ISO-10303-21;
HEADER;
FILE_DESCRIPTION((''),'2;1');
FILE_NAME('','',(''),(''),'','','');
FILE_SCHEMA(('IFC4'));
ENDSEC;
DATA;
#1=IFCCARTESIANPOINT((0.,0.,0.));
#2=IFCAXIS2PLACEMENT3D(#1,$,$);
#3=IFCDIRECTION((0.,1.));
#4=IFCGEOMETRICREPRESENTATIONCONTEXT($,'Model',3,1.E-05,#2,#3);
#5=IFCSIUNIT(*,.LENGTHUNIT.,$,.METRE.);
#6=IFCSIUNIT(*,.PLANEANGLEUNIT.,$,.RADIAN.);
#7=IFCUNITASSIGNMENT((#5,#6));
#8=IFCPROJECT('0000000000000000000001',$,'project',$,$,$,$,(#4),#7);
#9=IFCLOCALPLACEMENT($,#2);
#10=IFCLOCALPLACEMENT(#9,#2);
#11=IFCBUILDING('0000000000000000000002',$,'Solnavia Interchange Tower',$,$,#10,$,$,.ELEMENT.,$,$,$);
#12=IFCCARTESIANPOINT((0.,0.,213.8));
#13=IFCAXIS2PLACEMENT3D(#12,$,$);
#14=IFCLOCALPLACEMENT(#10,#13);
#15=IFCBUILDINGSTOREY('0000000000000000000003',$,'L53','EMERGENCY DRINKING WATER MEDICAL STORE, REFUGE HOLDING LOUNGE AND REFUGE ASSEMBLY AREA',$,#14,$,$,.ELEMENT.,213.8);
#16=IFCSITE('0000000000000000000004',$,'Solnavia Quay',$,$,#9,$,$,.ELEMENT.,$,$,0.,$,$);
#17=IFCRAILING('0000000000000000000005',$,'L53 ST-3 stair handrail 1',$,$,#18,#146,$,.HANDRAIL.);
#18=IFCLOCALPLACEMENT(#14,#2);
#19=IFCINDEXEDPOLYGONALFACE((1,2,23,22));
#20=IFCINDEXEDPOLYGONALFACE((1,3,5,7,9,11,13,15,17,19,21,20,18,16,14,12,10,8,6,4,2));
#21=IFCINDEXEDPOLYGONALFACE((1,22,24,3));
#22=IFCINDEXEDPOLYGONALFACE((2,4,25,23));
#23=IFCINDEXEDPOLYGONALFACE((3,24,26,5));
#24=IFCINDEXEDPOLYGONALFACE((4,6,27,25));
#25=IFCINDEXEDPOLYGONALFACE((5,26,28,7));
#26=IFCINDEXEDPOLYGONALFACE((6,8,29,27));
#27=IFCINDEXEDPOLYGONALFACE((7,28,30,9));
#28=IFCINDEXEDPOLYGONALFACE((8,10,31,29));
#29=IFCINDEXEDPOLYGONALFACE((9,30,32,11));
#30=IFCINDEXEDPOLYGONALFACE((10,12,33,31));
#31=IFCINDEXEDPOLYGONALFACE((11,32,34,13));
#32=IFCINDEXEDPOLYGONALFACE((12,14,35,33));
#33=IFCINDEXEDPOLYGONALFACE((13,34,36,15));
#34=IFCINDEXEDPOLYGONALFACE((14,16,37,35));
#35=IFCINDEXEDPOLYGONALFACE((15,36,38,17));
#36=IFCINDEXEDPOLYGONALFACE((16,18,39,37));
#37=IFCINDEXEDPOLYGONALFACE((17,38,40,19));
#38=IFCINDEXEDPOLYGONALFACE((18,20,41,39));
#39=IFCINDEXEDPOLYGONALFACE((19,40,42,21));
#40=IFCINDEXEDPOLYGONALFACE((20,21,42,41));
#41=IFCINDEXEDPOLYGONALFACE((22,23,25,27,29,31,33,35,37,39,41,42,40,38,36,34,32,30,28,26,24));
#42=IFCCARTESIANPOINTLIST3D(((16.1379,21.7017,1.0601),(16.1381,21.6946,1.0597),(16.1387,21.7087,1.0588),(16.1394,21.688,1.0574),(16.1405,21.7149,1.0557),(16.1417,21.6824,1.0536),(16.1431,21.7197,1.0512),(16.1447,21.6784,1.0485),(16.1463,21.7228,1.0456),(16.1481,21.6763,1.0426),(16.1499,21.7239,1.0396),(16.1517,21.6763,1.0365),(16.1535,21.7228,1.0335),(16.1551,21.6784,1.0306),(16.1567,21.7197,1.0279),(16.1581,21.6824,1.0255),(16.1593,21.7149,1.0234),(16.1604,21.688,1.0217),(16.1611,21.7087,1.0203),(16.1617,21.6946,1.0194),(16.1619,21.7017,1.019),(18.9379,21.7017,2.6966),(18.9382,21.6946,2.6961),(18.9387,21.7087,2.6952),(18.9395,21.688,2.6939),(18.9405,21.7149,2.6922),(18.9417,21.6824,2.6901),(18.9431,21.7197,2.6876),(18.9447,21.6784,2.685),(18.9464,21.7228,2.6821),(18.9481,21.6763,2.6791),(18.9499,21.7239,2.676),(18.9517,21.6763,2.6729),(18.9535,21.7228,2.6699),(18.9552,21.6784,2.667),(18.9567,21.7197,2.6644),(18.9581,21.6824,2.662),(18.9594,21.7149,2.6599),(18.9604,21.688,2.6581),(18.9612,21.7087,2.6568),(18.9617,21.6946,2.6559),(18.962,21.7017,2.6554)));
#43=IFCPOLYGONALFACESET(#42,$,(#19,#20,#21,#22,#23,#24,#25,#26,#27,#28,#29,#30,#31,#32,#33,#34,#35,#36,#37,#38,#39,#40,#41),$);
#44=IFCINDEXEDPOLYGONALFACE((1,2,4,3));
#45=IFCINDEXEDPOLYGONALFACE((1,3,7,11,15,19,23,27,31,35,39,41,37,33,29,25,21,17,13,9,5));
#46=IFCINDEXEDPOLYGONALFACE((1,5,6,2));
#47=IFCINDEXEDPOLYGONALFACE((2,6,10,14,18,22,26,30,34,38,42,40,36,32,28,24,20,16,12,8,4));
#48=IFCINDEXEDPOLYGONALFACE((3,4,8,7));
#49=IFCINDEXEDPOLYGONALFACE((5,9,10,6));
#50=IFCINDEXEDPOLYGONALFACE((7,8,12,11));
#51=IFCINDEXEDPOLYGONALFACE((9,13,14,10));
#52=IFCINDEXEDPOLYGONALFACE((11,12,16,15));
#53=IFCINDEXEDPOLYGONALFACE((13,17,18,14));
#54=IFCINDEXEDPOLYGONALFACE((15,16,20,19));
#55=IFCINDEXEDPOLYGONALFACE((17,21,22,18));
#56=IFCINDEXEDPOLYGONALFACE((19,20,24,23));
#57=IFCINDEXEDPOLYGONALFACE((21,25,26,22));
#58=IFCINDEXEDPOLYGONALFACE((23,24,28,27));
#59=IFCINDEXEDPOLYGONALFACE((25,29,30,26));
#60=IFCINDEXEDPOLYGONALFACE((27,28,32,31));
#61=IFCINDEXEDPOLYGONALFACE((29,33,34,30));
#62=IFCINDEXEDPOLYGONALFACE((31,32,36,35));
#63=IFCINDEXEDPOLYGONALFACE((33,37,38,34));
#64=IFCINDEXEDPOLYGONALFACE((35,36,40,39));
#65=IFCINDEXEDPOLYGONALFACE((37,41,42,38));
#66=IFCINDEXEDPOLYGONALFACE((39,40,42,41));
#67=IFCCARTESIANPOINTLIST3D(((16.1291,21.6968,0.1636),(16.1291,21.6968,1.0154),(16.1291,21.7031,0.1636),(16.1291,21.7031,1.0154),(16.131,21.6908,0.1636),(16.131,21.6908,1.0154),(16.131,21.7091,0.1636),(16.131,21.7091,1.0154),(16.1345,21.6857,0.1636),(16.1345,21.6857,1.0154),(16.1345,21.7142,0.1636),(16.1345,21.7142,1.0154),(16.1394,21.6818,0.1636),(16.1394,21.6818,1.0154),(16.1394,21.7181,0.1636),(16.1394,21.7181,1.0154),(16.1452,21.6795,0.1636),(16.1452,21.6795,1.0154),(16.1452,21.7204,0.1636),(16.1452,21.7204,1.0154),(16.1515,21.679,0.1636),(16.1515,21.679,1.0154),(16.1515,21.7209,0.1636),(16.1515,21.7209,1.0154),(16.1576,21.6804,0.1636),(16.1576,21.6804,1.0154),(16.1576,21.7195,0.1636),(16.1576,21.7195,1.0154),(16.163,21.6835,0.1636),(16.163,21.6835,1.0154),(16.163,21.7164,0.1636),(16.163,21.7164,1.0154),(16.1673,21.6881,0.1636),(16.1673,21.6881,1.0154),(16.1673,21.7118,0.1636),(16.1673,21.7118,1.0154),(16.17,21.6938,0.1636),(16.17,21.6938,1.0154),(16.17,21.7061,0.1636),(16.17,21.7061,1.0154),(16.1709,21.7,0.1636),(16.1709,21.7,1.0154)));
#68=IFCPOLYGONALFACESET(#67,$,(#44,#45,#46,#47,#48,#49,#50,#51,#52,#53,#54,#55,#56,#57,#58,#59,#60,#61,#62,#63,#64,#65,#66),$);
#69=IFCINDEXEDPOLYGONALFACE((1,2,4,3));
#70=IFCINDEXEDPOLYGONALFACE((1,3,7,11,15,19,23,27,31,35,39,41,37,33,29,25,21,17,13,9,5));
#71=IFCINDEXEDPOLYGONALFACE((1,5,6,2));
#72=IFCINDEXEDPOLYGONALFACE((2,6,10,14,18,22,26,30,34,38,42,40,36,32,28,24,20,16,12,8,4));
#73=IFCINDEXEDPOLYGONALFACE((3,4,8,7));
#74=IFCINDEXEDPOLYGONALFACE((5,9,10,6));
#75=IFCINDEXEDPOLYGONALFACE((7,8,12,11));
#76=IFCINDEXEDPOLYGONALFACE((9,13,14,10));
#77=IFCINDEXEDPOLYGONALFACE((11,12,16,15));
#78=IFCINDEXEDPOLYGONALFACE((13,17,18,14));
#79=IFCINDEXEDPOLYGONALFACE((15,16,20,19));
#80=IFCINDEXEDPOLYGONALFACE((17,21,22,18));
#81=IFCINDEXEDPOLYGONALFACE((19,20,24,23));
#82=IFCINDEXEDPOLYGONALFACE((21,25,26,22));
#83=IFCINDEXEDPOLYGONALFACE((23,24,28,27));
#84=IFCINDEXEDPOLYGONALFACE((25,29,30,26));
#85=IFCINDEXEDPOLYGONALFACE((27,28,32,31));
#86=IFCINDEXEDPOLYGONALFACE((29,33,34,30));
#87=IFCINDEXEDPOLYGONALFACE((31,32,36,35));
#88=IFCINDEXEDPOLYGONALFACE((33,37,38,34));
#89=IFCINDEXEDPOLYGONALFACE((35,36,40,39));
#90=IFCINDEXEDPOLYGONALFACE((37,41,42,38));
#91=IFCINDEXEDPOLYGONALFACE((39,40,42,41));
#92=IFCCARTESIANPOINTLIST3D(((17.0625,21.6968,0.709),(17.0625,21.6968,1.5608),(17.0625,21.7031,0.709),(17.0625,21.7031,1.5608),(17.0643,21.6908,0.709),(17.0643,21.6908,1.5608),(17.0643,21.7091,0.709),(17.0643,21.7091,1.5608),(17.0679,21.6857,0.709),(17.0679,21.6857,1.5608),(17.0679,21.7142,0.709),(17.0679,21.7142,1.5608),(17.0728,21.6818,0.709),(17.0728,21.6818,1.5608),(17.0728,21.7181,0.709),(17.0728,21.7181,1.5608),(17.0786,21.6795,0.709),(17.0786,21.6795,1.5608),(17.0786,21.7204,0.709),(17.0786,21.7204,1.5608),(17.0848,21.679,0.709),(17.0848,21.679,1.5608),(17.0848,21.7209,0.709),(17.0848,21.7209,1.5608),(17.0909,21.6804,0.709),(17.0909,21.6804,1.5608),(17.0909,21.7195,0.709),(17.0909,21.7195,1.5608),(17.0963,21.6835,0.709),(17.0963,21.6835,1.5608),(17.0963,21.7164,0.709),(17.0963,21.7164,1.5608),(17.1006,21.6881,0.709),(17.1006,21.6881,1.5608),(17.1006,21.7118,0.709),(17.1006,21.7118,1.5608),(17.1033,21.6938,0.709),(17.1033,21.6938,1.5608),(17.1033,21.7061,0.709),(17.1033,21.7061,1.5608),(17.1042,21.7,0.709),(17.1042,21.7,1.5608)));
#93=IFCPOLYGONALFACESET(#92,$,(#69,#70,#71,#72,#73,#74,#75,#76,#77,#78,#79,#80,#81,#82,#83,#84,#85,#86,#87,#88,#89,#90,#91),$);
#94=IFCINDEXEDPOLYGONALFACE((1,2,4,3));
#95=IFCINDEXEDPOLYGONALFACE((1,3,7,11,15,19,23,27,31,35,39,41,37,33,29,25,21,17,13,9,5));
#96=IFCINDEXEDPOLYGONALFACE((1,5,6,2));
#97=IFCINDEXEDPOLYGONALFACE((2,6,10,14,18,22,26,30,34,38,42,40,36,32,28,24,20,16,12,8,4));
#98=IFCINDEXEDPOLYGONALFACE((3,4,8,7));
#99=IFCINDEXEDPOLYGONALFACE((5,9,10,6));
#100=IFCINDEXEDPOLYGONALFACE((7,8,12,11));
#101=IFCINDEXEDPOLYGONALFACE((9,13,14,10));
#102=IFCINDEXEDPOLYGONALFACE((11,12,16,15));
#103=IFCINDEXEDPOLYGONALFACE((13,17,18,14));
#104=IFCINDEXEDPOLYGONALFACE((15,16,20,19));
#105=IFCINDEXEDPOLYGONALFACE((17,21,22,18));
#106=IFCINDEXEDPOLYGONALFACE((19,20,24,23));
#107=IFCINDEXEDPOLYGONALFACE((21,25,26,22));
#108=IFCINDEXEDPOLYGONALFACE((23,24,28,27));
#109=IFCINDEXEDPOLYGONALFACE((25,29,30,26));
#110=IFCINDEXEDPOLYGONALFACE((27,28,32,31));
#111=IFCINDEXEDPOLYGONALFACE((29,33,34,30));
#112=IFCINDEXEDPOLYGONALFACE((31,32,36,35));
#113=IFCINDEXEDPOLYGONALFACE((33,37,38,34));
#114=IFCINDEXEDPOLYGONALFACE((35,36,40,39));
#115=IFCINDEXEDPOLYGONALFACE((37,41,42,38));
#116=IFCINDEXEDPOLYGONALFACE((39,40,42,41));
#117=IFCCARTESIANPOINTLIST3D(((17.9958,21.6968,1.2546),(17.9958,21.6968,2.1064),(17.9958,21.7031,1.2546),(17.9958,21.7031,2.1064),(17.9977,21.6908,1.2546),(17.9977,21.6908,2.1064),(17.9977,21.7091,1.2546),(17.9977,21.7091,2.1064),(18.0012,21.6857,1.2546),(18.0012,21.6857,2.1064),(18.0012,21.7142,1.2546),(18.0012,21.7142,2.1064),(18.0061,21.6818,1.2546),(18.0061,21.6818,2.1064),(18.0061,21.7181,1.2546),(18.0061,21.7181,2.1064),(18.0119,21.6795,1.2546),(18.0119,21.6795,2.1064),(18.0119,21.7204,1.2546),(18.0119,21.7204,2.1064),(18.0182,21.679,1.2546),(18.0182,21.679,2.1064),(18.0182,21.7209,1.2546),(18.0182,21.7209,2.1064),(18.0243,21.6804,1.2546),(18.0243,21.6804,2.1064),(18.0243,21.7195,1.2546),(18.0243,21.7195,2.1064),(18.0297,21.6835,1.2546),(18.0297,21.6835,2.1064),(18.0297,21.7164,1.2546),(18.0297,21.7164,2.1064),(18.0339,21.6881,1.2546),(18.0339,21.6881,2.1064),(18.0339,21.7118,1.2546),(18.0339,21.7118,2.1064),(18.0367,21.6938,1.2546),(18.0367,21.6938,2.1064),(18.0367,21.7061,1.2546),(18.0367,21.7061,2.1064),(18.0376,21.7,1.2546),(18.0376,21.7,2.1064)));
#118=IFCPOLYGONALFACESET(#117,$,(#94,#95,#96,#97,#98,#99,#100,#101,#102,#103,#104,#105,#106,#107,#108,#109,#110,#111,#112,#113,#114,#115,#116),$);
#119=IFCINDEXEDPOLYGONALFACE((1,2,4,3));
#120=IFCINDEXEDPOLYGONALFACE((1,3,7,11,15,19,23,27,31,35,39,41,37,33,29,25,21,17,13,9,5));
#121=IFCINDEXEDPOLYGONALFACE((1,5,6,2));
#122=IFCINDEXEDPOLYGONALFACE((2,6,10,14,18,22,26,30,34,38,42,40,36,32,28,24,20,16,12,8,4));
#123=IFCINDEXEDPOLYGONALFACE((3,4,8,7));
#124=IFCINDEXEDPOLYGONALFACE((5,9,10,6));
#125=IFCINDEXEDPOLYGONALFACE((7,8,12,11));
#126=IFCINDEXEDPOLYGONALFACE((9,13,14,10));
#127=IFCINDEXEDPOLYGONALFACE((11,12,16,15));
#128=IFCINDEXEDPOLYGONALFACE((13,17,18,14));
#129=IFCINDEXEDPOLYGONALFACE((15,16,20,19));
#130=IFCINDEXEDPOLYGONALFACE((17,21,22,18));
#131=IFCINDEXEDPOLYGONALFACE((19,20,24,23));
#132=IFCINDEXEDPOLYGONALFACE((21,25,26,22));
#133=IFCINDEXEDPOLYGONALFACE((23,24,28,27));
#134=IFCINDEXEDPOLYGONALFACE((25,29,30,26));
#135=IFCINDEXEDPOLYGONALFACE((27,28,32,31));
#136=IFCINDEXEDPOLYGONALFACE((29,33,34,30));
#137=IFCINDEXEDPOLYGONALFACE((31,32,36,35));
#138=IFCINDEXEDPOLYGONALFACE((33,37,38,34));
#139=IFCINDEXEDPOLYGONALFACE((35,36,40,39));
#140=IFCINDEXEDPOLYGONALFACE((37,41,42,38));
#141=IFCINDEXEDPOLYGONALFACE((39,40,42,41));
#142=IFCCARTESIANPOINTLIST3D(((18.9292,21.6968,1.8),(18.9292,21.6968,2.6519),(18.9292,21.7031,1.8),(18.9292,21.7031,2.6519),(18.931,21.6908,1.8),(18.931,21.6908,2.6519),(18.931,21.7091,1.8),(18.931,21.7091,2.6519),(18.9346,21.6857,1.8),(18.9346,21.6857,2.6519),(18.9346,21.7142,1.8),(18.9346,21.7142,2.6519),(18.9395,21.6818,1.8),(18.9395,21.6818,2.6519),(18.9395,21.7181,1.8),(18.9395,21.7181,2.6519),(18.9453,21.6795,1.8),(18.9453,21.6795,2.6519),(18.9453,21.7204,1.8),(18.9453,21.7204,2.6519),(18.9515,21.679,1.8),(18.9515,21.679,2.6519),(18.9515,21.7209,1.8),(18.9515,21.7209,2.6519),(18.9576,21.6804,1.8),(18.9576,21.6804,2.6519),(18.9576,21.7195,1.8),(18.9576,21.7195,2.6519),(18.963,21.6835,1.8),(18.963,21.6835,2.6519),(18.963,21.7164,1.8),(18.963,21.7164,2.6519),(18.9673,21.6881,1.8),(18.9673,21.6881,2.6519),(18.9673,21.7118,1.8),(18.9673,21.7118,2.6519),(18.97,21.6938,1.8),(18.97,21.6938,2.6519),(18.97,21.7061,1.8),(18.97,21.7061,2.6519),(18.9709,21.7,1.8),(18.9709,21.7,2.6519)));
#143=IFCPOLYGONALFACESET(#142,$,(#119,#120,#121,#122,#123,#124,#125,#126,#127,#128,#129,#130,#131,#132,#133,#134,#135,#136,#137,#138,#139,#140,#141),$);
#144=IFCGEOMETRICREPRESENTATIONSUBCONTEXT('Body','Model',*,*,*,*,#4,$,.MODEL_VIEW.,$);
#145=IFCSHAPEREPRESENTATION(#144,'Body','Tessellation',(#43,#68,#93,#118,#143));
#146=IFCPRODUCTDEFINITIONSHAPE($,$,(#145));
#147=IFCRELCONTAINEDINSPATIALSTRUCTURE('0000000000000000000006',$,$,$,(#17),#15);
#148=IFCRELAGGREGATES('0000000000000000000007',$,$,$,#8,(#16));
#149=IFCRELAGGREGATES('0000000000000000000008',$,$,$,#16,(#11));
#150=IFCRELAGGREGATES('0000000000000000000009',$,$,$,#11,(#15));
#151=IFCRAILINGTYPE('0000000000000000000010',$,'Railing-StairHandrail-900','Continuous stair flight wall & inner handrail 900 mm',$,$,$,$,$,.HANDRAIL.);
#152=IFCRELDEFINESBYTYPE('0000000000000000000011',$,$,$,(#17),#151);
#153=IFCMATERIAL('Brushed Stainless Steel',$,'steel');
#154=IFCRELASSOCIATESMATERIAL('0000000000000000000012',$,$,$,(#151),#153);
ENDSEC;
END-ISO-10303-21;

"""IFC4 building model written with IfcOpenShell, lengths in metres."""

from ifc_helpers import new_model, si_unit, direction, frame, origin, origin_2d, place, context, subcontext, project, spatial, circle, extrude, material, type_object, element, save


model = new_model("IFC4")

# Units and contexts
model_context = context("Model", 3, precision=1e-05, world=origin(), true_north=direction((0.0, 1.0)))
body_context = subcontext(model_context, "Body", "Model", "MODEL_VIEW")
ifc_project = project(units=[si_unit("LENGTHUNIT", "METRE"), si_unit("PLANEANGLEUNIT", "RADIAN")], contexts=[model_context])

# Site, building, storey
site_placement = place(None, origin())
site = spatial("IfcSite", under=ifc_project, at=site_placement, Name="Solnavia Quay", CompositionType="ELEMENT", RefElevation=0.0)
building_placement = place(site_placement, origin())
building = spatial("IfcBuilding", under=site, at=building_placement, Name="Solnavia Interchange Tower", CompositionType="ELEMENT")
storey_placement = place(building_placement, frame((0.0, 0.0, 213.8)))
storey = spatial("IfcBuildingStorey", under=building, at=storey_placement, Name="L53", Description="EMERGENCY DRINKING WATER MEDICAL STORE, REFUGE HOLDING LOUNGE AND REFUGE ASSEMBLY AREA", CompositionType="ELEMENT", Elevation=213.8)

# Railing
ifc_material_1 = material(Name="Brushed Stainless Steel", Category="steel")
railing_type_1 = type_object("IfcRailingType", Name="Railing-StairHandrail-900", Description="Continuous stair flight wall & inner handrail 900 mm", PredefinedType="HANDRAIL", material=ifc_material_1)
railing_1_placement = place(storey_placement, frame((16.1499, 21.7, 0.1636)))
element("IfcRailing", 1, at=railing_1_placement, inside=storey, type_object=railing_type_1, Name="L53 ST-3 stair handrail 1", PredefinedType="HANDRAIL", context=body_context, shape_type="SweptSolid", body=[
    extrude(circle(Radius=0.0239, at=origin_2d()), frame((0.0, 0.0, 0.876), z_axis=(0.863361, 0.0, 0.504587), x_axis=(0.0, 1.0, 0.0)), (0.0, 0.0, 1.0), 3.2432),
    extrude(circle(Radius=0.021, at=origin_2d()), origin(), (0.0, 0.0, 1.0), 0.8518),
    extrude(circle(Radius=0.021, at=origin_2d()), frame((0.9333, 0.0, 0.5454)), (0.0, 0.0, 1.0), 0.8518),
    extrude(circle(Radius=0.021, at=origin_2d()), frame((1.8667, 0.0, 1.0911)), (0.0, 0.0, 1.0), 0.8518),
    extrude(circle(Radius=0.021, at=origin_2d()), frame((2.8, 0.0, 1.6365)), (0.0, 0.0, 1.0), 0.8518),
])

save(model, "model.ifc")
